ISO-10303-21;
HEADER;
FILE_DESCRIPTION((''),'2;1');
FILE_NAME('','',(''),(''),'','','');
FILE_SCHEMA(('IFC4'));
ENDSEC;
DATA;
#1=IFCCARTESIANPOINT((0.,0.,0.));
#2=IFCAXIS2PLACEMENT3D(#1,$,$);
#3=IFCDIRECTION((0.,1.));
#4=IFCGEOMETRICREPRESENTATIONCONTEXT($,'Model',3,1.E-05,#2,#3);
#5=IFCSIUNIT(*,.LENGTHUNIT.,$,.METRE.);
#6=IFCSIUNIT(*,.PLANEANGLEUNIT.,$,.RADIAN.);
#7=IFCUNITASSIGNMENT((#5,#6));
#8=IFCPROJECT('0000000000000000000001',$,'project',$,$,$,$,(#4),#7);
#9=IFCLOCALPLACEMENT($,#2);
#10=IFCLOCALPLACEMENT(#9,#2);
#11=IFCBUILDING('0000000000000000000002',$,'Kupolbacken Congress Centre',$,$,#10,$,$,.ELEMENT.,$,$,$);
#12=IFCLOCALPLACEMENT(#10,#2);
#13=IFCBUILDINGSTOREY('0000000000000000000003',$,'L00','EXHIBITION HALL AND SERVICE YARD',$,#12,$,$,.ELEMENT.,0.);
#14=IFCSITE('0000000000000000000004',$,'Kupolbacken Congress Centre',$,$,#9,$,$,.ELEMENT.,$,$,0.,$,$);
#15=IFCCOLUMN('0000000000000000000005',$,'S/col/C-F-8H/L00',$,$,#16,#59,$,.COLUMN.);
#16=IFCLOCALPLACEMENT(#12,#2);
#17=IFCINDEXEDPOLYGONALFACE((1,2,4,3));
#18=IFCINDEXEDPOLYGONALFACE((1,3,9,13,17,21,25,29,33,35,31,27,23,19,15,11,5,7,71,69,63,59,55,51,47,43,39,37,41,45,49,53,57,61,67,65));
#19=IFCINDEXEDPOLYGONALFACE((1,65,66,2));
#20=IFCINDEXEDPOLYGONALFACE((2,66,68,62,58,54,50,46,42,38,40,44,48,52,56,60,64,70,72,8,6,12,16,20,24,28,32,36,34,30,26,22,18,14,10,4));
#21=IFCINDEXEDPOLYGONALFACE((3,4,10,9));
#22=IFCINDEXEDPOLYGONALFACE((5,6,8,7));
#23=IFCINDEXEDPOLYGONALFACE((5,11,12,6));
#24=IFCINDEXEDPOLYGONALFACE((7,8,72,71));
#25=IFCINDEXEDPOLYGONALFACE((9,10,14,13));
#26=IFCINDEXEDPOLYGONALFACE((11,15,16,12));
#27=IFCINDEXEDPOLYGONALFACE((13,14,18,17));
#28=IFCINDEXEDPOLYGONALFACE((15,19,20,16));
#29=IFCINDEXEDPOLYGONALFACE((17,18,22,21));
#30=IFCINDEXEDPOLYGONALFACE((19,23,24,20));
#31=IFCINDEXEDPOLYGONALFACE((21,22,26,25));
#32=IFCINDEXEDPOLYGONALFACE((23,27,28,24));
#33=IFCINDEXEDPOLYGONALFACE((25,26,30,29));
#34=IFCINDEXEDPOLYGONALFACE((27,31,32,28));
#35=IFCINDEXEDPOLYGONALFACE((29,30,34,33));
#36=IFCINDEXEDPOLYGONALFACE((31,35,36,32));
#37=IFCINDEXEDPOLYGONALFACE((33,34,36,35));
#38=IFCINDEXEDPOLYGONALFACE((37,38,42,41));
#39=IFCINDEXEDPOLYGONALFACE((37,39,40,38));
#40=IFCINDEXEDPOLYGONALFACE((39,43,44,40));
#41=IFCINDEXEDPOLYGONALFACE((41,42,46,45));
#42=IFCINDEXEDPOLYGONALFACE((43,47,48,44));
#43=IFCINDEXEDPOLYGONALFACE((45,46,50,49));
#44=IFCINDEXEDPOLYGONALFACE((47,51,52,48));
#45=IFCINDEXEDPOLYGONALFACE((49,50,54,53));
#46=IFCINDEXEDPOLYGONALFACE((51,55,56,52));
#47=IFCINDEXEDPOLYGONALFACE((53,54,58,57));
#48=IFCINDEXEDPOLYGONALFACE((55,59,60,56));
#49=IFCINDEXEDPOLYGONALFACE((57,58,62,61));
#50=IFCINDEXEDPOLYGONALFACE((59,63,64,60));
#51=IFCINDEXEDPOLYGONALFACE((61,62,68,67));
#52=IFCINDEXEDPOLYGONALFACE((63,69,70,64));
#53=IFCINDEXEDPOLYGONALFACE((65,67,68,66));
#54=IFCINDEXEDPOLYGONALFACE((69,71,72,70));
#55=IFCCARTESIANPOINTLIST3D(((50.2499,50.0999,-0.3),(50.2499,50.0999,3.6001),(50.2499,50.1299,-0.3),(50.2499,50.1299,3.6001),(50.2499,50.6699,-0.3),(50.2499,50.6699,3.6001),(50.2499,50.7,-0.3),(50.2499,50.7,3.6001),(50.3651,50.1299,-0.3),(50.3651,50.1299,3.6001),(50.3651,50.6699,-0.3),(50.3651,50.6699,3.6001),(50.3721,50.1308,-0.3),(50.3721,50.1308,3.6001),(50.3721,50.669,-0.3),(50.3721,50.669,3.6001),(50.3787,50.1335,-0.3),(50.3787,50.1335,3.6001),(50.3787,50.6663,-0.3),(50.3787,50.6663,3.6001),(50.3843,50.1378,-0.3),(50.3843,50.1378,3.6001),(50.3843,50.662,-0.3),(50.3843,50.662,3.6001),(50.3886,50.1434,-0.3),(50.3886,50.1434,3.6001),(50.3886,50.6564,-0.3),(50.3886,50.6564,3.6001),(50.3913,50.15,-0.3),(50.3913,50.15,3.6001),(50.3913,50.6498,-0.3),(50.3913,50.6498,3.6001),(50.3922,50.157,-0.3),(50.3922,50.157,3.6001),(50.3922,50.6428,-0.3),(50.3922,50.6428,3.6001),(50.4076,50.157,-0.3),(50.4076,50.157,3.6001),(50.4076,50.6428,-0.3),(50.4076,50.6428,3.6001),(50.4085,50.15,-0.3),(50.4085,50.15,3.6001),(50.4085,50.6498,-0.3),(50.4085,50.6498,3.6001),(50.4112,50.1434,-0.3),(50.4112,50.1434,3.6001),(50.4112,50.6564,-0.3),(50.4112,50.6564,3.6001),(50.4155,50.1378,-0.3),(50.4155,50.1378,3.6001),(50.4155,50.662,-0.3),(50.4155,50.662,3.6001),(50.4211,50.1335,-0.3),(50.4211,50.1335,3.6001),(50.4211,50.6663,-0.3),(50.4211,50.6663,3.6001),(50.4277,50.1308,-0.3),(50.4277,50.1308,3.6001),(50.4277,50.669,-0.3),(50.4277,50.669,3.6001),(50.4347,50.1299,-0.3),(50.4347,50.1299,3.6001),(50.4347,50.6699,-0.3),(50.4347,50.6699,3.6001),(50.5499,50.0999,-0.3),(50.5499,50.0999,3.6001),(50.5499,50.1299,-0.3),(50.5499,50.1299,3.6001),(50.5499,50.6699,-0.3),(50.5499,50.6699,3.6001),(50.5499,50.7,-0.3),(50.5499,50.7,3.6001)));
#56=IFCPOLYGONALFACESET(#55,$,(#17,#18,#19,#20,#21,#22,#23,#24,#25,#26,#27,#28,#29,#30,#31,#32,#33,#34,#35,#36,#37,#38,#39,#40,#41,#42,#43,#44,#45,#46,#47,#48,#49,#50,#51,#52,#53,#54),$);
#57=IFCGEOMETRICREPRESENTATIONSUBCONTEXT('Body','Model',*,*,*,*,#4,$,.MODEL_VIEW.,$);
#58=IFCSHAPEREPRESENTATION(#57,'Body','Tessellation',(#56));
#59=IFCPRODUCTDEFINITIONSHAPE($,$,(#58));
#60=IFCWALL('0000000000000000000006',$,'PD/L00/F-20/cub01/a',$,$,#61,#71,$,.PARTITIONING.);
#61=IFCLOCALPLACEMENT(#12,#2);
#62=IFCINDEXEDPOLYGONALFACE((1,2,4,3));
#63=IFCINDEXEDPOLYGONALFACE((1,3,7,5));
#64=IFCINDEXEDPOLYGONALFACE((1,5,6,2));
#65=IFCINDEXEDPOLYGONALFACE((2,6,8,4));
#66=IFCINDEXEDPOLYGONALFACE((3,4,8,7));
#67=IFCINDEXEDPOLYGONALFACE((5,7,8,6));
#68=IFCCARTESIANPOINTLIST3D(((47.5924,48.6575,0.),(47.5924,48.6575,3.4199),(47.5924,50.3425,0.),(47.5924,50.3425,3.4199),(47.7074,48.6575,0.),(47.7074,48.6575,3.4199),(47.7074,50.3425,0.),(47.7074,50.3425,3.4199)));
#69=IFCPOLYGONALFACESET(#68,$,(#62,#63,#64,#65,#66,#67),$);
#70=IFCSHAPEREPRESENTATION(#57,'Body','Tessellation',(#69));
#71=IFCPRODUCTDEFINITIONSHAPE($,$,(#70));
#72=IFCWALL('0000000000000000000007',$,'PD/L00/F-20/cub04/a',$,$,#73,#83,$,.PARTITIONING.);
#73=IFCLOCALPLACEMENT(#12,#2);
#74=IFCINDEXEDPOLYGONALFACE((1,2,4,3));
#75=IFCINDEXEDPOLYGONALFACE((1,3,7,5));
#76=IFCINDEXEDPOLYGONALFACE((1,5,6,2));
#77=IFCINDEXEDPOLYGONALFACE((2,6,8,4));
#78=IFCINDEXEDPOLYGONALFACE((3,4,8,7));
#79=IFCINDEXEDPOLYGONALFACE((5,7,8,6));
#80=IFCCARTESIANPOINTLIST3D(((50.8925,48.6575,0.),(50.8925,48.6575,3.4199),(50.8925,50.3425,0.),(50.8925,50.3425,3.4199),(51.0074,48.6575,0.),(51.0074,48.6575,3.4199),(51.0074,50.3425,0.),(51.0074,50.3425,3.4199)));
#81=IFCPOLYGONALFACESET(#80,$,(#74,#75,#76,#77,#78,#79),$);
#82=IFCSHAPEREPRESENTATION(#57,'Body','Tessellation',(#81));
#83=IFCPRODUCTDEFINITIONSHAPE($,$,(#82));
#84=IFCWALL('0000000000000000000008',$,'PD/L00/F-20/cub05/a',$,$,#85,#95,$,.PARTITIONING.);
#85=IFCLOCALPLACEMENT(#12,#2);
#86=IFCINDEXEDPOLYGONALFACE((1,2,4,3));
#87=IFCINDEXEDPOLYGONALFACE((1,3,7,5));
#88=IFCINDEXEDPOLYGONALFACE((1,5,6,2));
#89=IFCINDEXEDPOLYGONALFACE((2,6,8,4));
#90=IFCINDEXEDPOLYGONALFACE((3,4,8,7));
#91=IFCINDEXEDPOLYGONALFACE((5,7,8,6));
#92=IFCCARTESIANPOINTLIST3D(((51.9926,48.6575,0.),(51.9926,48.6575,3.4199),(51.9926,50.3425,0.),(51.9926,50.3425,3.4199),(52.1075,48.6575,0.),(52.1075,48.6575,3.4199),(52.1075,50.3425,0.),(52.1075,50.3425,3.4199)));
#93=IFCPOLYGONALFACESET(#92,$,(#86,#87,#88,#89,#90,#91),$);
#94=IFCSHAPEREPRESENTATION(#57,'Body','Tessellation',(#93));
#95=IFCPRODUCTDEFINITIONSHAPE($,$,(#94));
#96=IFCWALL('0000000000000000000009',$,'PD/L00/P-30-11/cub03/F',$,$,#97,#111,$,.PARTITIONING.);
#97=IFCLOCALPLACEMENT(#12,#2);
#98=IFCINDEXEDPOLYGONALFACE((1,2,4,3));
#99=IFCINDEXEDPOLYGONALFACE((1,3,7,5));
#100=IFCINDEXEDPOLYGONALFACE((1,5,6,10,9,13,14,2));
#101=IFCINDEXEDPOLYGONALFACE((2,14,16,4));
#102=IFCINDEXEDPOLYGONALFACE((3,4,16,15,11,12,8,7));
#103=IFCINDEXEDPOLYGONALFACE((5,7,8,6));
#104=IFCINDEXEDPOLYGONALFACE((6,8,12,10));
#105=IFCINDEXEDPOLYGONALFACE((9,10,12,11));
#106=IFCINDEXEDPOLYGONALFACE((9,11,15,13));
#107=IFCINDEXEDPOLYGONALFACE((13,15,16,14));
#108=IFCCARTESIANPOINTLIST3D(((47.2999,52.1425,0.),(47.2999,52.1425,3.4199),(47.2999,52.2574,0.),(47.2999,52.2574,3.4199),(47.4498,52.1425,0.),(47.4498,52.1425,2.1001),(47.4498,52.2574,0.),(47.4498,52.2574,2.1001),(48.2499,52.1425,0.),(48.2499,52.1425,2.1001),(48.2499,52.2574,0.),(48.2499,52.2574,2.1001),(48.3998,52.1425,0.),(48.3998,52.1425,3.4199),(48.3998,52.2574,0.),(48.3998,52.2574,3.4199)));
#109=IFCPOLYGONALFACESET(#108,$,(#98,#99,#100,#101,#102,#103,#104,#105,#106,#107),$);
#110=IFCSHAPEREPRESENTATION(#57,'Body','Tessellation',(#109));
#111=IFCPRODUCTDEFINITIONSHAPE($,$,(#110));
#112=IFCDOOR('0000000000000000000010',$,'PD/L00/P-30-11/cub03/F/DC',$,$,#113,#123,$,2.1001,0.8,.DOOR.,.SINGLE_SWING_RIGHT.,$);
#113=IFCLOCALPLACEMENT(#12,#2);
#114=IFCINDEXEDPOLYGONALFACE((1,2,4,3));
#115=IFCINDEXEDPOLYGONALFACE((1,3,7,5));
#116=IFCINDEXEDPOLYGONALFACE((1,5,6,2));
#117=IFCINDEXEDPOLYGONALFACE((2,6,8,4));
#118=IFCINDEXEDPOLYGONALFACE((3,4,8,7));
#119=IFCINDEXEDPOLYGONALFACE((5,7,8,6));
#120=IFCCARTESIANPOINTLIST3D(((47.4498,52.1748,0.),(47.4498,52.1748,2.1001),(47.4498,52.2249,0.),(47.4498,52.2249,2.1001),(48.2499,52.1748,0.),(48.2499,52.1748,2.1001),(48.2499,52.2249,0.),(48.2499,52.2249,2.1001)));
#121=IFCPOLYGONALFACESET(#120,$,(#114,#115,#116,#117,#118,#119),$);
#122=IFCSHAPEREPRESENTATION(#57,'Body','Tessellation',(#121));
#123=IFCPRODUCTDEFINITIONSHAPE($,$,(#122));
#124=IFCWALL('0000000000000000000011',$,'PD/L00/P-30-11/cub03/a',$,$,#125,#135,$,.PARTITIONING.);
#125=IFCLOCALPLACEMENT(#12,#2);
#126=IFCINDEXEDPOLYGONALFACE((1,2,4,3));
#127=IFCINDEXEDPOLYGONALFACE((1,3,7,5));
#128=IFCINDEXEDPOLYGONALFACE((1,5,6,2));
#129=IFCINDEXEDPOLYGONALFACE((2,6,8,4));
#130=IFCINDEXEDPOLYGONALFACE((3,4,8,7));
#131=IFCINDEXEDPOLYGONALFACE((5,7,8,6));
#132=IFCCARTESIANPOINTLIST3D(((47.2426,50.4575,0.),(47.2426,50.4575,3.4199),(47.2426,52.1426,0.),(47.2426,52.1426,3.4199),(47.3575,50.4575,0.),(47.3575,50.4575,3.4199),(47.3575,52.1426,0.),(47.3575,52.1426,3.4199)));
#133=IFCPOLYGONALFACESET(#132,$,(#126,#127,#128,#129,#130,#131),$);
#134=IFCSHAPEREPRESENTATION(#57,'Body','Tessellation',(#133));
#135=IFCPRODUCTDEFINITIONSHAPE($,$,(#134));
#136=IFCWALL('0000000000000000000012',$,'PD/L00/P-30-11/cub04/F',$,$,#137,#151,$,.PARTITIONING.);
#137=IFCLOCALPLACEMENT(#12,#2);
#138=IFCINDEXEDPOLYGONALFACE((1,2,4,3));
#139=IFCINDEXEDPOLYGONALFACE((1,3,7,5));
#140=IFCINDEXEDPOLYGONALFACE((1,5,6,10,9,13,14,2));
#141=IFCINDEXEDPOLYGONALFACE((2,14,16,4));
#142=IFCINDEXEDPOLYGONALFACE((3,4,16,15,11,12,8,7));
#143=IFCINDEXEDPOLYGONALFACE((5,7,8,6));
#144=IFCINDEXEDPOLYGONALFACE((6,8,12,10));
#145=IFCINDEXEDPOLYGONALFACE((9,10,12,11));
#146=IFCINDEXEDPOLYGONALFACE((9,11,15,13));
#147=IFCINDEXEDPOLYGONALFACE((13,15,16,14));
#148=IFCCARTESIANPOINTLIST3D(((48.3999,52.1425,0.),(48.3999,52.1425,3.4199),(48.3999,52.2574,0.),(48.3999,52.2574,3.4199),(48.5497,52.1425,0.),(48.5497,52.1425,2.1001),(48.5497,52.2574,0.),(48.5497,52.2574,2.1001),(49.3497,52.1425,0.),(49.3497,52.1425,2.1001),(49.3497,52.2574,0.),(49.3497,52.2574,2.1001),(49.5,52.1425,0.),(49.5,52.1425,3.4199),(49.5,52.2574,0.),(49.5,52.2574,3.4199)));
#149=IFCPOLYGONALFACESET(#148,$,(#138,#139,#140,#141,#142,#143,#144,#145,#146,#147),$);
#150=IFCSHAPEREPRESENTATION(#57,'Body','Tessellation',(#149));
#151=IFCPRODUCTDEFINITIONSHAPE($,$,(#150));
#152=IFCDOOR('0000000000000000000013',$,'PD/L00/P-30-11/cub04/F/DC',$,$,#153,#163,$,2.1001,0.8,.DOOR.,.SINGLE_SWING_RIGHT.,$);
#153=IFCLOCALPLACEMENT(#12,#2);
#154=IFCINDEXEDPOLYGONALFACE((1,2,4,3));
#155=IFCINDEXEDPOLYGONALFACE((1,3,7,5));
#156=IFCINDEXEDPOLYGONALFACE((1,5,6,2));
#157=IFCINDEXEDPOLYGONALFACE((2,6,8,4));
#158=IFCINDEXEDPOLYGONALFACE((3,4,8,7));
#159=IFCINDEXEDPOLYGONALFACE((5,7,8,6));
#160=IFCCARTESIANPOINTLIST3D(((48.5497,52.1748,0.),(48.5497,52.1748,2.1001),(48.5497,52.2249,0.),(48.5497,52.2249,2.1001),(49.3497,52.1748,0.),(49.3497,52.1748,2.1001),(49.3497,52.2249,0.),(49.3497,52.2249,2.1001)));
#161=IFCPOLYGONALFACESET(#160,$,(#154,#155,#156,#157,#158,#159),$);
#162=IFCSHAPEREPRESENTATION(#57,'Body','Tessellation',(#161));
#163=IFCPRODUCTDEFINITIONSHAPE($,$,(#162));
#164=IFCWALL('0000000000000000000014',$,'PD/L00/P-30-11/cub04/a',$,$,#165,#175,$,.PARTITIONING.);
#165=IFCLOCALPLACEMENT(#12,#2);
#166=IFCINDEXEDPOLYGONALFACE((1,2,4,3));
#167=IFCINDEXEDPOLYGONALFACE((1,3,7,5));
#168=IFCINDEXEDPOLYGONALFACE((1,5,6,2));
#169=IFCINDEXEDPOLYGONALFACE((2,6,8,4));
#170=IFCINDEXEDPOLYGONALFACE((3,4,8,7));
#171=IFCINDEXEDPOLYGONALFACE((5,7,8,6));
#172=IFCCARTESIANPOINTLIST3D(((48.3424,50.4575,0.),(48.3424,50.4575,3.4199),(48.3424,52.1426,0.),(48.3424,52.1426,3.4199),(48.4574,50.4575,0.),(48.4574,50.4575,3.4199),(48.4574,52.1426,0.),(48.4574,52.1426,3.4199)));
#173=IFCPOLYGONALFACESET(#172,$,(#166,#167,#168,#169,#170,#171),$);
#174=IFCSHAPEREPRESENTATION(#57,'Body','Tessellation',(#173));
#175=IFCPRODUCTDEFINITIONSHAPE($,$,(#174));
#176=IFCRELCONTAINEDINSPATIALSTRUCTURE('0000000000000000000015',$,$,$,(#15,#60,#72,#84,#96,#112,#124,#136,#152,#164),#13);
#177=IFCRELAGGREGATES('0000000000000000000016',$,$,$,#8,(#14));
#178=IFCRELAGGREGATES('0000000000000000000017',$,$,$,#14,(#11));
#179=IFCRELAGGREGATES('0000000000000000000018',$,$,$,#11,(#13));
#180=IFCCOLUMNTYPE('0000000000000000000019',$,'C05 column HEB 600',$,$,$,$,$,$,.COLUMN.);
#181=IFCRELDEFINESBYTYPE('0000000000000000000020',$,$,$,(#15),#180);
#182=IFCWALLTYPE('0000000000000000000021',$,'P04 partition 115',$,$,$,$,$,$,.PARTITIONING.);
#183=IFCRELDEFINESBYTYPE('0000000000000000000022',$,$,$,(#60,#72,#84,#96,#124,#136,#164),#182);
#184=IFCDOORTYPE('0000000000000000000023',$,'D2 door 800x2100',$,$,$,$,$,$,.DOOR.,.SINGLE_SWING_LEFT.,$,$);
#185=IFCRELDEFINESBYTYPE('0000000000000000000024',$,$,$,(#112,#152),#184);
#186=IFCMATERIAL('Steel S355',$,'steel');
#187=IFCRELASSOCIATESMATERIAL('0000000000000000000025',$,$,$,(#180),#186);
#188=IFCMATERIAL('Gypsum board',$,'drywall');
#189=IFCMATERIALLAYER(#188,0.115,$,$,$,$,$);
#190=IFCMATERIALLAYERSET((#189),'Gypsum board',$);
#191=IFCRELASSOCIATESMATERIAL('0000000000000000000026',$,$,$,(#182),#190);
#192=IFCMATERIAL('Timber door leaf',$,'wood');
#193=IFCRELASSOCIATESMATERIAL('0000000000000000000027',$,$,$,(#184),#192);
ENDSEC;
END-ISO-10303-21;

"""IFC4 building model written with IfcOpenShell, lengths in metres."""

from ifc_helpers import new_model, si_unit, direction, frame, frame_2d, origin, origin_2d, place, context, subcontext, project, spatial, rectangle, i_section, extrude, material, layer, layer_set, material_profile, profile_set, type_object, element, fill, save


model = new_model("IFC4")

# Units and contexts
model_context = context("Model", 3, precision=1e-05, world=origin(), true_north=direction((0.0, 1.0)))
body_context = subcontext(model_context, "Body", "Model", "MODEL_VIEW")
ifc_project = project(units=[si_unit("LENGTHUNIT", "METRE"), si_unit("PLANEANGLEUNIT", "RADIAN")], contexts=[model_context])

# Site, building, storey
site_placement = place(None, origin())
site = spatial("IfcSite", under=ifc_project, at=site_placement, Name="Kupolbacken Congress Centre", CompositionType="ELEMENT", RefElevation=0.0)
building_placement = place(site_placement, origin())
building = spatial("IfcBuilding", under=site, at=building_placement, Name="Kupolbacken Congress Centre", CompositionType="ELEMENT")
storey_placement = place(building_placement, origin())
storey = spatial("IfcBuildingStorey", under=building, at=storey_placement, Name="L00", Description="EXHIBITION HALL AND SERVICE YARD", CompositionType="ELEMENT", Elevation=0.0)

# Column
ifc_material_1 = material(Name="Steel S355", Category="steel")
ifc_material_profile_1 = material_profile(ifc_material_1, i_section(OverallWidth=0.3, OverallDepth=0.6001, WebThickness=0.0154, FlangeThickness=0.03, FilletRadius=0.0271, at=origin_2d()), Name="HEB 600")
ifc_profile_set_1 = profile_set([ifc_material_profile_1], Name="Steel S355")
column_type = type_object("IfcColumnType", Name="C05 column HEB 600", PredefinedType="COLUMN", material=ifc_profile_set_1)
column_placement = place(storey_placement, frame((50.3999, 50.3999, -0.3), z_axis=(0.0, 0.0, 1.0), x_axis=(1.0, 0.0, 0.0)))
element("IfcColumn", 1, at=column_placement, inside=storey, type_object=column_type, Name="S/col/C-F-8H/L00", PredefinedType="COLUMN", context=body_context, shape_type="SweptSolid", body=[
    extrude(i_section(OverallWidth=0.3, OverallDepth=0.6001, WebThickness=0.0154, FlangeThickness=0.03, FilletRadius=0.0271, at=origin_2d()), origin(), (0.0, 0.0, 1.0), 3.9001),
])

# Walls
ifc_material_2 = material(Name="Gypsum board", Category="drywall")
ifc_layer_1 = layer(ifc_material_2, 0.115)
ifc_layer_set_1 = layer_set([ifc_layer_1], Name="Gypsum board")
wall_type_1 = type_object("IfcWallType", Name="P04 partition 115", PredefinedType="PARTITIONING", material=ifc_layer_set_1)
for number, where, z_axis, x_axis, name in (
    (2, (47.6499, 50.3425, 0.0), (0.0, 0.0, 1.0), (0.0, -1.0, 0.0), "PD/L00/F-20/cub01/a"),
    (3, (50.95, 50.3425, 0.0), (0.0, 0.0, 1.0), (0.0, -1.0, 0.0), "PD/L00/F-20/cub04/a"),
    (4, (52.05, 50.3425, 0.0), (0.0, 0.0, 1.0), (0.0, -1.0, 0.0), "PD/L00/F-20/cub05/a"),
):
    element("IfcWall", number, at=place(storey_placement, frame(where, z_axis=z_axis, x_axis=x_axis)), inside=storey, type_object=wall_type_1, Name=name, PredefinedType="PARTITIONING", context=body_context, shape_type="SweptSolid", body=[
        extrude(rectangle(XDim=1.6851, YDim=0.115, at=frame_2d((0.8425, 0.0))), origin(), (0.0, 0.0, 1.0), 3.4199),
    ])

# Wall, opening, door
wall_1_placement = place(storey_placement, frame((47.3, 52.2, 0.0), z_axis=(0.0, 0.0, 1.0), x_axis=(1.0, 0.0, 0.0)))
wall_1 = element("IfcWall", 5, at=wall_1_placement, inside=storey, type_object=wall_type_1, Name="PD/L00/P-30-11/cub03/F", PredefinedType="PARTITIONING", context=body_context, shape_type="SweptSolid", body=[
    extrude(rectangle(XDim=1.0999, YDim=0.115, at=frame_2d((0.5498, 0.0))), origin(), (0.0, 0.0, 1.0), 3.4199),
])
opening_1_placement = place(wall_1_placement, frame((0.1499, 0.0, 0.0)))
opening_1 = element("IfcOpeningElement", 6, at=opening_1_placement, cuts=wall_1, PredefinedType="OPENING", context=body_context, shape_type="SweptSolid", body=[
    extrude(rectangle(XDim=0.8, YDim=2.1001, at=frame_2d((0.3999, 1.05))), frame((0.0, 0.0674, 0.0), z_axis=(0.0, -1.0, 0.0), x_axis=(1.0, 0.0, 0.0)), (0.0, 0.0, 1.0), 0.135),
])
ifc_material_3 = material(Name="Timber door leaf", Category="wood")
door_type = type_object("IfcDoorType", Name="D2 door 800x2100", OperationType="SINGLE_SWING_LEFT", PredefinedType="DOOR", material=ifc_material_3)
door_1_placement = place(opening_1_placement, origin())
door_1 = element("IfcDoor", 7, at=door_1_placement, inside=storey, type_object=door_type, Name="PD/L00/P-30-11/cub03/F/DC", OperationType="SINGLE_SWING_RIGHT", OverallHeight=2.1001, OverallWidth=0.8, PredefinedType="DOOR", context=body_context, shape_type="SweptSolid", body=[
    extrude(rectangle(XDim=0.8, YDim=2.1001, at=frame_2d((0.3999, 1.05))), frame((0.0, 0.0249, 0.0), z_axis=(0.0, -1.0, 0.0), x_axis=(1.0, 0.0, 0.0)), (0.0, 0.0, 1.0), 0.05),
])
fill(opening_1, door_1)

# Wall
wall_2_placement = place(storey_placement, frame((47.3, 50.4575, 0.0), z_axis=(0.0, 0.0, 1.0), x_axis=(0.0, 1.0, 0.0)))
element("IfcWall", 8, at=wall_2_placement, inside=storey, type_object=wall_type_1, Name="PD/L00/P-30-11/cub03/a", PredefinedType="PARTITIONING", context=body_context, shape_type="SweptSolid", body=[
    extrude(rectangle(XDim=1.6851, YDim=0.115, at=frame_2d((0.8425, 0.0))), origin(), (0.0, 0.0, 1.0), 3.4199),
])

# Wall, opening, door
wall_3_placement = place(storey_placement, frame((48.3999, 52.2, 0.0), z_axis=(0.0, 0.0, 1.0), x_axis=(1.0, 0.0, 0.0)))
wall_3 = element("IfcWall", 9, at=wall_3_placement, inside=storey, type_object=wall_type_1, Name="PD/L00/P-30-11/cub04/F", PredefinedType="PARTITIONING", context=body_context, shape_type="SweptSolid", body=[
    extrude(rectangle(XDim=1.1001, YDim=0.115, at=frame_2d((0.55, 0.0))), origin(), (0.0, 0.0, 1.0), 3.4199),
])
opening_2_placement = place(wall_3_placement, frame((0.1499, 0.0, 0.0)))
opening_2 = element("IfcOpeningElement", 10, at=opening_2_placement, cuts=wall_3, PredefinedType="OPENING", context=body_context, shape_type="SweptSolid", body=[
    extrude(rectangle(XDim=0.8, YDim=2.1001, at=frame_2d((0.3999, 1.05))), frame((0.0, 0.0674, 0.0), z_axis=(0.0, -1.0, 0.0), x_axis=(1.0, 0.0, 0.0)), (0.0, 0.0, 1.0), 0.135),
])
door_2_placement = place(opening_2_placement, origin())
door_2 = element("IfcDoor", 11, at=door_2_placement, inside=storey, type_object=door_type, Name="PD/L00/P-30-11/cub04/F/DC", OperationType="SINGLE_SWING_RIGHT", OverallHeight=2.1001, OverallWidth=0.8, PredefinedType="DOOR", context=body_context, shape_type="SweptSolid", body=[
    extrude(rectangle(XDim=0.8, YDim=2.1001, at=frame_2d((0.3999, 1.05))), frame((0.0, 0.0249, 0.0), z_axis=(0.0, -1.0, 0.0), x_axis=(1.0, 0.0, 0.0)), (0.0, 0.0, 1.0), 0.05),
])
fill(opening_2, door_2)

# Wall
wall_4_placement = place(storey_placement, frame((48.3999, 50.4575, 0.0), z_axis=(0.0, 0.0, 1.0), x_axis=(0.0, 1.0, 0.0)))
element("IfcWall", 12, at=wall_4_placement, inside=storey, type_object=wall_type_1, Name="PD/L00/P-30-11/cub04/a", PredefinedType="PARTITIONING", context=body_context, shape_type="SweptSolid", body=[
    extrude(rectangle(XDim=1.6851, YDim=0.115, at=frame_2d((0.8425, 0.0))), origin(), (0.0, 0.0, 1.0), 3.4199),
])

save(model, "model.ifc")
